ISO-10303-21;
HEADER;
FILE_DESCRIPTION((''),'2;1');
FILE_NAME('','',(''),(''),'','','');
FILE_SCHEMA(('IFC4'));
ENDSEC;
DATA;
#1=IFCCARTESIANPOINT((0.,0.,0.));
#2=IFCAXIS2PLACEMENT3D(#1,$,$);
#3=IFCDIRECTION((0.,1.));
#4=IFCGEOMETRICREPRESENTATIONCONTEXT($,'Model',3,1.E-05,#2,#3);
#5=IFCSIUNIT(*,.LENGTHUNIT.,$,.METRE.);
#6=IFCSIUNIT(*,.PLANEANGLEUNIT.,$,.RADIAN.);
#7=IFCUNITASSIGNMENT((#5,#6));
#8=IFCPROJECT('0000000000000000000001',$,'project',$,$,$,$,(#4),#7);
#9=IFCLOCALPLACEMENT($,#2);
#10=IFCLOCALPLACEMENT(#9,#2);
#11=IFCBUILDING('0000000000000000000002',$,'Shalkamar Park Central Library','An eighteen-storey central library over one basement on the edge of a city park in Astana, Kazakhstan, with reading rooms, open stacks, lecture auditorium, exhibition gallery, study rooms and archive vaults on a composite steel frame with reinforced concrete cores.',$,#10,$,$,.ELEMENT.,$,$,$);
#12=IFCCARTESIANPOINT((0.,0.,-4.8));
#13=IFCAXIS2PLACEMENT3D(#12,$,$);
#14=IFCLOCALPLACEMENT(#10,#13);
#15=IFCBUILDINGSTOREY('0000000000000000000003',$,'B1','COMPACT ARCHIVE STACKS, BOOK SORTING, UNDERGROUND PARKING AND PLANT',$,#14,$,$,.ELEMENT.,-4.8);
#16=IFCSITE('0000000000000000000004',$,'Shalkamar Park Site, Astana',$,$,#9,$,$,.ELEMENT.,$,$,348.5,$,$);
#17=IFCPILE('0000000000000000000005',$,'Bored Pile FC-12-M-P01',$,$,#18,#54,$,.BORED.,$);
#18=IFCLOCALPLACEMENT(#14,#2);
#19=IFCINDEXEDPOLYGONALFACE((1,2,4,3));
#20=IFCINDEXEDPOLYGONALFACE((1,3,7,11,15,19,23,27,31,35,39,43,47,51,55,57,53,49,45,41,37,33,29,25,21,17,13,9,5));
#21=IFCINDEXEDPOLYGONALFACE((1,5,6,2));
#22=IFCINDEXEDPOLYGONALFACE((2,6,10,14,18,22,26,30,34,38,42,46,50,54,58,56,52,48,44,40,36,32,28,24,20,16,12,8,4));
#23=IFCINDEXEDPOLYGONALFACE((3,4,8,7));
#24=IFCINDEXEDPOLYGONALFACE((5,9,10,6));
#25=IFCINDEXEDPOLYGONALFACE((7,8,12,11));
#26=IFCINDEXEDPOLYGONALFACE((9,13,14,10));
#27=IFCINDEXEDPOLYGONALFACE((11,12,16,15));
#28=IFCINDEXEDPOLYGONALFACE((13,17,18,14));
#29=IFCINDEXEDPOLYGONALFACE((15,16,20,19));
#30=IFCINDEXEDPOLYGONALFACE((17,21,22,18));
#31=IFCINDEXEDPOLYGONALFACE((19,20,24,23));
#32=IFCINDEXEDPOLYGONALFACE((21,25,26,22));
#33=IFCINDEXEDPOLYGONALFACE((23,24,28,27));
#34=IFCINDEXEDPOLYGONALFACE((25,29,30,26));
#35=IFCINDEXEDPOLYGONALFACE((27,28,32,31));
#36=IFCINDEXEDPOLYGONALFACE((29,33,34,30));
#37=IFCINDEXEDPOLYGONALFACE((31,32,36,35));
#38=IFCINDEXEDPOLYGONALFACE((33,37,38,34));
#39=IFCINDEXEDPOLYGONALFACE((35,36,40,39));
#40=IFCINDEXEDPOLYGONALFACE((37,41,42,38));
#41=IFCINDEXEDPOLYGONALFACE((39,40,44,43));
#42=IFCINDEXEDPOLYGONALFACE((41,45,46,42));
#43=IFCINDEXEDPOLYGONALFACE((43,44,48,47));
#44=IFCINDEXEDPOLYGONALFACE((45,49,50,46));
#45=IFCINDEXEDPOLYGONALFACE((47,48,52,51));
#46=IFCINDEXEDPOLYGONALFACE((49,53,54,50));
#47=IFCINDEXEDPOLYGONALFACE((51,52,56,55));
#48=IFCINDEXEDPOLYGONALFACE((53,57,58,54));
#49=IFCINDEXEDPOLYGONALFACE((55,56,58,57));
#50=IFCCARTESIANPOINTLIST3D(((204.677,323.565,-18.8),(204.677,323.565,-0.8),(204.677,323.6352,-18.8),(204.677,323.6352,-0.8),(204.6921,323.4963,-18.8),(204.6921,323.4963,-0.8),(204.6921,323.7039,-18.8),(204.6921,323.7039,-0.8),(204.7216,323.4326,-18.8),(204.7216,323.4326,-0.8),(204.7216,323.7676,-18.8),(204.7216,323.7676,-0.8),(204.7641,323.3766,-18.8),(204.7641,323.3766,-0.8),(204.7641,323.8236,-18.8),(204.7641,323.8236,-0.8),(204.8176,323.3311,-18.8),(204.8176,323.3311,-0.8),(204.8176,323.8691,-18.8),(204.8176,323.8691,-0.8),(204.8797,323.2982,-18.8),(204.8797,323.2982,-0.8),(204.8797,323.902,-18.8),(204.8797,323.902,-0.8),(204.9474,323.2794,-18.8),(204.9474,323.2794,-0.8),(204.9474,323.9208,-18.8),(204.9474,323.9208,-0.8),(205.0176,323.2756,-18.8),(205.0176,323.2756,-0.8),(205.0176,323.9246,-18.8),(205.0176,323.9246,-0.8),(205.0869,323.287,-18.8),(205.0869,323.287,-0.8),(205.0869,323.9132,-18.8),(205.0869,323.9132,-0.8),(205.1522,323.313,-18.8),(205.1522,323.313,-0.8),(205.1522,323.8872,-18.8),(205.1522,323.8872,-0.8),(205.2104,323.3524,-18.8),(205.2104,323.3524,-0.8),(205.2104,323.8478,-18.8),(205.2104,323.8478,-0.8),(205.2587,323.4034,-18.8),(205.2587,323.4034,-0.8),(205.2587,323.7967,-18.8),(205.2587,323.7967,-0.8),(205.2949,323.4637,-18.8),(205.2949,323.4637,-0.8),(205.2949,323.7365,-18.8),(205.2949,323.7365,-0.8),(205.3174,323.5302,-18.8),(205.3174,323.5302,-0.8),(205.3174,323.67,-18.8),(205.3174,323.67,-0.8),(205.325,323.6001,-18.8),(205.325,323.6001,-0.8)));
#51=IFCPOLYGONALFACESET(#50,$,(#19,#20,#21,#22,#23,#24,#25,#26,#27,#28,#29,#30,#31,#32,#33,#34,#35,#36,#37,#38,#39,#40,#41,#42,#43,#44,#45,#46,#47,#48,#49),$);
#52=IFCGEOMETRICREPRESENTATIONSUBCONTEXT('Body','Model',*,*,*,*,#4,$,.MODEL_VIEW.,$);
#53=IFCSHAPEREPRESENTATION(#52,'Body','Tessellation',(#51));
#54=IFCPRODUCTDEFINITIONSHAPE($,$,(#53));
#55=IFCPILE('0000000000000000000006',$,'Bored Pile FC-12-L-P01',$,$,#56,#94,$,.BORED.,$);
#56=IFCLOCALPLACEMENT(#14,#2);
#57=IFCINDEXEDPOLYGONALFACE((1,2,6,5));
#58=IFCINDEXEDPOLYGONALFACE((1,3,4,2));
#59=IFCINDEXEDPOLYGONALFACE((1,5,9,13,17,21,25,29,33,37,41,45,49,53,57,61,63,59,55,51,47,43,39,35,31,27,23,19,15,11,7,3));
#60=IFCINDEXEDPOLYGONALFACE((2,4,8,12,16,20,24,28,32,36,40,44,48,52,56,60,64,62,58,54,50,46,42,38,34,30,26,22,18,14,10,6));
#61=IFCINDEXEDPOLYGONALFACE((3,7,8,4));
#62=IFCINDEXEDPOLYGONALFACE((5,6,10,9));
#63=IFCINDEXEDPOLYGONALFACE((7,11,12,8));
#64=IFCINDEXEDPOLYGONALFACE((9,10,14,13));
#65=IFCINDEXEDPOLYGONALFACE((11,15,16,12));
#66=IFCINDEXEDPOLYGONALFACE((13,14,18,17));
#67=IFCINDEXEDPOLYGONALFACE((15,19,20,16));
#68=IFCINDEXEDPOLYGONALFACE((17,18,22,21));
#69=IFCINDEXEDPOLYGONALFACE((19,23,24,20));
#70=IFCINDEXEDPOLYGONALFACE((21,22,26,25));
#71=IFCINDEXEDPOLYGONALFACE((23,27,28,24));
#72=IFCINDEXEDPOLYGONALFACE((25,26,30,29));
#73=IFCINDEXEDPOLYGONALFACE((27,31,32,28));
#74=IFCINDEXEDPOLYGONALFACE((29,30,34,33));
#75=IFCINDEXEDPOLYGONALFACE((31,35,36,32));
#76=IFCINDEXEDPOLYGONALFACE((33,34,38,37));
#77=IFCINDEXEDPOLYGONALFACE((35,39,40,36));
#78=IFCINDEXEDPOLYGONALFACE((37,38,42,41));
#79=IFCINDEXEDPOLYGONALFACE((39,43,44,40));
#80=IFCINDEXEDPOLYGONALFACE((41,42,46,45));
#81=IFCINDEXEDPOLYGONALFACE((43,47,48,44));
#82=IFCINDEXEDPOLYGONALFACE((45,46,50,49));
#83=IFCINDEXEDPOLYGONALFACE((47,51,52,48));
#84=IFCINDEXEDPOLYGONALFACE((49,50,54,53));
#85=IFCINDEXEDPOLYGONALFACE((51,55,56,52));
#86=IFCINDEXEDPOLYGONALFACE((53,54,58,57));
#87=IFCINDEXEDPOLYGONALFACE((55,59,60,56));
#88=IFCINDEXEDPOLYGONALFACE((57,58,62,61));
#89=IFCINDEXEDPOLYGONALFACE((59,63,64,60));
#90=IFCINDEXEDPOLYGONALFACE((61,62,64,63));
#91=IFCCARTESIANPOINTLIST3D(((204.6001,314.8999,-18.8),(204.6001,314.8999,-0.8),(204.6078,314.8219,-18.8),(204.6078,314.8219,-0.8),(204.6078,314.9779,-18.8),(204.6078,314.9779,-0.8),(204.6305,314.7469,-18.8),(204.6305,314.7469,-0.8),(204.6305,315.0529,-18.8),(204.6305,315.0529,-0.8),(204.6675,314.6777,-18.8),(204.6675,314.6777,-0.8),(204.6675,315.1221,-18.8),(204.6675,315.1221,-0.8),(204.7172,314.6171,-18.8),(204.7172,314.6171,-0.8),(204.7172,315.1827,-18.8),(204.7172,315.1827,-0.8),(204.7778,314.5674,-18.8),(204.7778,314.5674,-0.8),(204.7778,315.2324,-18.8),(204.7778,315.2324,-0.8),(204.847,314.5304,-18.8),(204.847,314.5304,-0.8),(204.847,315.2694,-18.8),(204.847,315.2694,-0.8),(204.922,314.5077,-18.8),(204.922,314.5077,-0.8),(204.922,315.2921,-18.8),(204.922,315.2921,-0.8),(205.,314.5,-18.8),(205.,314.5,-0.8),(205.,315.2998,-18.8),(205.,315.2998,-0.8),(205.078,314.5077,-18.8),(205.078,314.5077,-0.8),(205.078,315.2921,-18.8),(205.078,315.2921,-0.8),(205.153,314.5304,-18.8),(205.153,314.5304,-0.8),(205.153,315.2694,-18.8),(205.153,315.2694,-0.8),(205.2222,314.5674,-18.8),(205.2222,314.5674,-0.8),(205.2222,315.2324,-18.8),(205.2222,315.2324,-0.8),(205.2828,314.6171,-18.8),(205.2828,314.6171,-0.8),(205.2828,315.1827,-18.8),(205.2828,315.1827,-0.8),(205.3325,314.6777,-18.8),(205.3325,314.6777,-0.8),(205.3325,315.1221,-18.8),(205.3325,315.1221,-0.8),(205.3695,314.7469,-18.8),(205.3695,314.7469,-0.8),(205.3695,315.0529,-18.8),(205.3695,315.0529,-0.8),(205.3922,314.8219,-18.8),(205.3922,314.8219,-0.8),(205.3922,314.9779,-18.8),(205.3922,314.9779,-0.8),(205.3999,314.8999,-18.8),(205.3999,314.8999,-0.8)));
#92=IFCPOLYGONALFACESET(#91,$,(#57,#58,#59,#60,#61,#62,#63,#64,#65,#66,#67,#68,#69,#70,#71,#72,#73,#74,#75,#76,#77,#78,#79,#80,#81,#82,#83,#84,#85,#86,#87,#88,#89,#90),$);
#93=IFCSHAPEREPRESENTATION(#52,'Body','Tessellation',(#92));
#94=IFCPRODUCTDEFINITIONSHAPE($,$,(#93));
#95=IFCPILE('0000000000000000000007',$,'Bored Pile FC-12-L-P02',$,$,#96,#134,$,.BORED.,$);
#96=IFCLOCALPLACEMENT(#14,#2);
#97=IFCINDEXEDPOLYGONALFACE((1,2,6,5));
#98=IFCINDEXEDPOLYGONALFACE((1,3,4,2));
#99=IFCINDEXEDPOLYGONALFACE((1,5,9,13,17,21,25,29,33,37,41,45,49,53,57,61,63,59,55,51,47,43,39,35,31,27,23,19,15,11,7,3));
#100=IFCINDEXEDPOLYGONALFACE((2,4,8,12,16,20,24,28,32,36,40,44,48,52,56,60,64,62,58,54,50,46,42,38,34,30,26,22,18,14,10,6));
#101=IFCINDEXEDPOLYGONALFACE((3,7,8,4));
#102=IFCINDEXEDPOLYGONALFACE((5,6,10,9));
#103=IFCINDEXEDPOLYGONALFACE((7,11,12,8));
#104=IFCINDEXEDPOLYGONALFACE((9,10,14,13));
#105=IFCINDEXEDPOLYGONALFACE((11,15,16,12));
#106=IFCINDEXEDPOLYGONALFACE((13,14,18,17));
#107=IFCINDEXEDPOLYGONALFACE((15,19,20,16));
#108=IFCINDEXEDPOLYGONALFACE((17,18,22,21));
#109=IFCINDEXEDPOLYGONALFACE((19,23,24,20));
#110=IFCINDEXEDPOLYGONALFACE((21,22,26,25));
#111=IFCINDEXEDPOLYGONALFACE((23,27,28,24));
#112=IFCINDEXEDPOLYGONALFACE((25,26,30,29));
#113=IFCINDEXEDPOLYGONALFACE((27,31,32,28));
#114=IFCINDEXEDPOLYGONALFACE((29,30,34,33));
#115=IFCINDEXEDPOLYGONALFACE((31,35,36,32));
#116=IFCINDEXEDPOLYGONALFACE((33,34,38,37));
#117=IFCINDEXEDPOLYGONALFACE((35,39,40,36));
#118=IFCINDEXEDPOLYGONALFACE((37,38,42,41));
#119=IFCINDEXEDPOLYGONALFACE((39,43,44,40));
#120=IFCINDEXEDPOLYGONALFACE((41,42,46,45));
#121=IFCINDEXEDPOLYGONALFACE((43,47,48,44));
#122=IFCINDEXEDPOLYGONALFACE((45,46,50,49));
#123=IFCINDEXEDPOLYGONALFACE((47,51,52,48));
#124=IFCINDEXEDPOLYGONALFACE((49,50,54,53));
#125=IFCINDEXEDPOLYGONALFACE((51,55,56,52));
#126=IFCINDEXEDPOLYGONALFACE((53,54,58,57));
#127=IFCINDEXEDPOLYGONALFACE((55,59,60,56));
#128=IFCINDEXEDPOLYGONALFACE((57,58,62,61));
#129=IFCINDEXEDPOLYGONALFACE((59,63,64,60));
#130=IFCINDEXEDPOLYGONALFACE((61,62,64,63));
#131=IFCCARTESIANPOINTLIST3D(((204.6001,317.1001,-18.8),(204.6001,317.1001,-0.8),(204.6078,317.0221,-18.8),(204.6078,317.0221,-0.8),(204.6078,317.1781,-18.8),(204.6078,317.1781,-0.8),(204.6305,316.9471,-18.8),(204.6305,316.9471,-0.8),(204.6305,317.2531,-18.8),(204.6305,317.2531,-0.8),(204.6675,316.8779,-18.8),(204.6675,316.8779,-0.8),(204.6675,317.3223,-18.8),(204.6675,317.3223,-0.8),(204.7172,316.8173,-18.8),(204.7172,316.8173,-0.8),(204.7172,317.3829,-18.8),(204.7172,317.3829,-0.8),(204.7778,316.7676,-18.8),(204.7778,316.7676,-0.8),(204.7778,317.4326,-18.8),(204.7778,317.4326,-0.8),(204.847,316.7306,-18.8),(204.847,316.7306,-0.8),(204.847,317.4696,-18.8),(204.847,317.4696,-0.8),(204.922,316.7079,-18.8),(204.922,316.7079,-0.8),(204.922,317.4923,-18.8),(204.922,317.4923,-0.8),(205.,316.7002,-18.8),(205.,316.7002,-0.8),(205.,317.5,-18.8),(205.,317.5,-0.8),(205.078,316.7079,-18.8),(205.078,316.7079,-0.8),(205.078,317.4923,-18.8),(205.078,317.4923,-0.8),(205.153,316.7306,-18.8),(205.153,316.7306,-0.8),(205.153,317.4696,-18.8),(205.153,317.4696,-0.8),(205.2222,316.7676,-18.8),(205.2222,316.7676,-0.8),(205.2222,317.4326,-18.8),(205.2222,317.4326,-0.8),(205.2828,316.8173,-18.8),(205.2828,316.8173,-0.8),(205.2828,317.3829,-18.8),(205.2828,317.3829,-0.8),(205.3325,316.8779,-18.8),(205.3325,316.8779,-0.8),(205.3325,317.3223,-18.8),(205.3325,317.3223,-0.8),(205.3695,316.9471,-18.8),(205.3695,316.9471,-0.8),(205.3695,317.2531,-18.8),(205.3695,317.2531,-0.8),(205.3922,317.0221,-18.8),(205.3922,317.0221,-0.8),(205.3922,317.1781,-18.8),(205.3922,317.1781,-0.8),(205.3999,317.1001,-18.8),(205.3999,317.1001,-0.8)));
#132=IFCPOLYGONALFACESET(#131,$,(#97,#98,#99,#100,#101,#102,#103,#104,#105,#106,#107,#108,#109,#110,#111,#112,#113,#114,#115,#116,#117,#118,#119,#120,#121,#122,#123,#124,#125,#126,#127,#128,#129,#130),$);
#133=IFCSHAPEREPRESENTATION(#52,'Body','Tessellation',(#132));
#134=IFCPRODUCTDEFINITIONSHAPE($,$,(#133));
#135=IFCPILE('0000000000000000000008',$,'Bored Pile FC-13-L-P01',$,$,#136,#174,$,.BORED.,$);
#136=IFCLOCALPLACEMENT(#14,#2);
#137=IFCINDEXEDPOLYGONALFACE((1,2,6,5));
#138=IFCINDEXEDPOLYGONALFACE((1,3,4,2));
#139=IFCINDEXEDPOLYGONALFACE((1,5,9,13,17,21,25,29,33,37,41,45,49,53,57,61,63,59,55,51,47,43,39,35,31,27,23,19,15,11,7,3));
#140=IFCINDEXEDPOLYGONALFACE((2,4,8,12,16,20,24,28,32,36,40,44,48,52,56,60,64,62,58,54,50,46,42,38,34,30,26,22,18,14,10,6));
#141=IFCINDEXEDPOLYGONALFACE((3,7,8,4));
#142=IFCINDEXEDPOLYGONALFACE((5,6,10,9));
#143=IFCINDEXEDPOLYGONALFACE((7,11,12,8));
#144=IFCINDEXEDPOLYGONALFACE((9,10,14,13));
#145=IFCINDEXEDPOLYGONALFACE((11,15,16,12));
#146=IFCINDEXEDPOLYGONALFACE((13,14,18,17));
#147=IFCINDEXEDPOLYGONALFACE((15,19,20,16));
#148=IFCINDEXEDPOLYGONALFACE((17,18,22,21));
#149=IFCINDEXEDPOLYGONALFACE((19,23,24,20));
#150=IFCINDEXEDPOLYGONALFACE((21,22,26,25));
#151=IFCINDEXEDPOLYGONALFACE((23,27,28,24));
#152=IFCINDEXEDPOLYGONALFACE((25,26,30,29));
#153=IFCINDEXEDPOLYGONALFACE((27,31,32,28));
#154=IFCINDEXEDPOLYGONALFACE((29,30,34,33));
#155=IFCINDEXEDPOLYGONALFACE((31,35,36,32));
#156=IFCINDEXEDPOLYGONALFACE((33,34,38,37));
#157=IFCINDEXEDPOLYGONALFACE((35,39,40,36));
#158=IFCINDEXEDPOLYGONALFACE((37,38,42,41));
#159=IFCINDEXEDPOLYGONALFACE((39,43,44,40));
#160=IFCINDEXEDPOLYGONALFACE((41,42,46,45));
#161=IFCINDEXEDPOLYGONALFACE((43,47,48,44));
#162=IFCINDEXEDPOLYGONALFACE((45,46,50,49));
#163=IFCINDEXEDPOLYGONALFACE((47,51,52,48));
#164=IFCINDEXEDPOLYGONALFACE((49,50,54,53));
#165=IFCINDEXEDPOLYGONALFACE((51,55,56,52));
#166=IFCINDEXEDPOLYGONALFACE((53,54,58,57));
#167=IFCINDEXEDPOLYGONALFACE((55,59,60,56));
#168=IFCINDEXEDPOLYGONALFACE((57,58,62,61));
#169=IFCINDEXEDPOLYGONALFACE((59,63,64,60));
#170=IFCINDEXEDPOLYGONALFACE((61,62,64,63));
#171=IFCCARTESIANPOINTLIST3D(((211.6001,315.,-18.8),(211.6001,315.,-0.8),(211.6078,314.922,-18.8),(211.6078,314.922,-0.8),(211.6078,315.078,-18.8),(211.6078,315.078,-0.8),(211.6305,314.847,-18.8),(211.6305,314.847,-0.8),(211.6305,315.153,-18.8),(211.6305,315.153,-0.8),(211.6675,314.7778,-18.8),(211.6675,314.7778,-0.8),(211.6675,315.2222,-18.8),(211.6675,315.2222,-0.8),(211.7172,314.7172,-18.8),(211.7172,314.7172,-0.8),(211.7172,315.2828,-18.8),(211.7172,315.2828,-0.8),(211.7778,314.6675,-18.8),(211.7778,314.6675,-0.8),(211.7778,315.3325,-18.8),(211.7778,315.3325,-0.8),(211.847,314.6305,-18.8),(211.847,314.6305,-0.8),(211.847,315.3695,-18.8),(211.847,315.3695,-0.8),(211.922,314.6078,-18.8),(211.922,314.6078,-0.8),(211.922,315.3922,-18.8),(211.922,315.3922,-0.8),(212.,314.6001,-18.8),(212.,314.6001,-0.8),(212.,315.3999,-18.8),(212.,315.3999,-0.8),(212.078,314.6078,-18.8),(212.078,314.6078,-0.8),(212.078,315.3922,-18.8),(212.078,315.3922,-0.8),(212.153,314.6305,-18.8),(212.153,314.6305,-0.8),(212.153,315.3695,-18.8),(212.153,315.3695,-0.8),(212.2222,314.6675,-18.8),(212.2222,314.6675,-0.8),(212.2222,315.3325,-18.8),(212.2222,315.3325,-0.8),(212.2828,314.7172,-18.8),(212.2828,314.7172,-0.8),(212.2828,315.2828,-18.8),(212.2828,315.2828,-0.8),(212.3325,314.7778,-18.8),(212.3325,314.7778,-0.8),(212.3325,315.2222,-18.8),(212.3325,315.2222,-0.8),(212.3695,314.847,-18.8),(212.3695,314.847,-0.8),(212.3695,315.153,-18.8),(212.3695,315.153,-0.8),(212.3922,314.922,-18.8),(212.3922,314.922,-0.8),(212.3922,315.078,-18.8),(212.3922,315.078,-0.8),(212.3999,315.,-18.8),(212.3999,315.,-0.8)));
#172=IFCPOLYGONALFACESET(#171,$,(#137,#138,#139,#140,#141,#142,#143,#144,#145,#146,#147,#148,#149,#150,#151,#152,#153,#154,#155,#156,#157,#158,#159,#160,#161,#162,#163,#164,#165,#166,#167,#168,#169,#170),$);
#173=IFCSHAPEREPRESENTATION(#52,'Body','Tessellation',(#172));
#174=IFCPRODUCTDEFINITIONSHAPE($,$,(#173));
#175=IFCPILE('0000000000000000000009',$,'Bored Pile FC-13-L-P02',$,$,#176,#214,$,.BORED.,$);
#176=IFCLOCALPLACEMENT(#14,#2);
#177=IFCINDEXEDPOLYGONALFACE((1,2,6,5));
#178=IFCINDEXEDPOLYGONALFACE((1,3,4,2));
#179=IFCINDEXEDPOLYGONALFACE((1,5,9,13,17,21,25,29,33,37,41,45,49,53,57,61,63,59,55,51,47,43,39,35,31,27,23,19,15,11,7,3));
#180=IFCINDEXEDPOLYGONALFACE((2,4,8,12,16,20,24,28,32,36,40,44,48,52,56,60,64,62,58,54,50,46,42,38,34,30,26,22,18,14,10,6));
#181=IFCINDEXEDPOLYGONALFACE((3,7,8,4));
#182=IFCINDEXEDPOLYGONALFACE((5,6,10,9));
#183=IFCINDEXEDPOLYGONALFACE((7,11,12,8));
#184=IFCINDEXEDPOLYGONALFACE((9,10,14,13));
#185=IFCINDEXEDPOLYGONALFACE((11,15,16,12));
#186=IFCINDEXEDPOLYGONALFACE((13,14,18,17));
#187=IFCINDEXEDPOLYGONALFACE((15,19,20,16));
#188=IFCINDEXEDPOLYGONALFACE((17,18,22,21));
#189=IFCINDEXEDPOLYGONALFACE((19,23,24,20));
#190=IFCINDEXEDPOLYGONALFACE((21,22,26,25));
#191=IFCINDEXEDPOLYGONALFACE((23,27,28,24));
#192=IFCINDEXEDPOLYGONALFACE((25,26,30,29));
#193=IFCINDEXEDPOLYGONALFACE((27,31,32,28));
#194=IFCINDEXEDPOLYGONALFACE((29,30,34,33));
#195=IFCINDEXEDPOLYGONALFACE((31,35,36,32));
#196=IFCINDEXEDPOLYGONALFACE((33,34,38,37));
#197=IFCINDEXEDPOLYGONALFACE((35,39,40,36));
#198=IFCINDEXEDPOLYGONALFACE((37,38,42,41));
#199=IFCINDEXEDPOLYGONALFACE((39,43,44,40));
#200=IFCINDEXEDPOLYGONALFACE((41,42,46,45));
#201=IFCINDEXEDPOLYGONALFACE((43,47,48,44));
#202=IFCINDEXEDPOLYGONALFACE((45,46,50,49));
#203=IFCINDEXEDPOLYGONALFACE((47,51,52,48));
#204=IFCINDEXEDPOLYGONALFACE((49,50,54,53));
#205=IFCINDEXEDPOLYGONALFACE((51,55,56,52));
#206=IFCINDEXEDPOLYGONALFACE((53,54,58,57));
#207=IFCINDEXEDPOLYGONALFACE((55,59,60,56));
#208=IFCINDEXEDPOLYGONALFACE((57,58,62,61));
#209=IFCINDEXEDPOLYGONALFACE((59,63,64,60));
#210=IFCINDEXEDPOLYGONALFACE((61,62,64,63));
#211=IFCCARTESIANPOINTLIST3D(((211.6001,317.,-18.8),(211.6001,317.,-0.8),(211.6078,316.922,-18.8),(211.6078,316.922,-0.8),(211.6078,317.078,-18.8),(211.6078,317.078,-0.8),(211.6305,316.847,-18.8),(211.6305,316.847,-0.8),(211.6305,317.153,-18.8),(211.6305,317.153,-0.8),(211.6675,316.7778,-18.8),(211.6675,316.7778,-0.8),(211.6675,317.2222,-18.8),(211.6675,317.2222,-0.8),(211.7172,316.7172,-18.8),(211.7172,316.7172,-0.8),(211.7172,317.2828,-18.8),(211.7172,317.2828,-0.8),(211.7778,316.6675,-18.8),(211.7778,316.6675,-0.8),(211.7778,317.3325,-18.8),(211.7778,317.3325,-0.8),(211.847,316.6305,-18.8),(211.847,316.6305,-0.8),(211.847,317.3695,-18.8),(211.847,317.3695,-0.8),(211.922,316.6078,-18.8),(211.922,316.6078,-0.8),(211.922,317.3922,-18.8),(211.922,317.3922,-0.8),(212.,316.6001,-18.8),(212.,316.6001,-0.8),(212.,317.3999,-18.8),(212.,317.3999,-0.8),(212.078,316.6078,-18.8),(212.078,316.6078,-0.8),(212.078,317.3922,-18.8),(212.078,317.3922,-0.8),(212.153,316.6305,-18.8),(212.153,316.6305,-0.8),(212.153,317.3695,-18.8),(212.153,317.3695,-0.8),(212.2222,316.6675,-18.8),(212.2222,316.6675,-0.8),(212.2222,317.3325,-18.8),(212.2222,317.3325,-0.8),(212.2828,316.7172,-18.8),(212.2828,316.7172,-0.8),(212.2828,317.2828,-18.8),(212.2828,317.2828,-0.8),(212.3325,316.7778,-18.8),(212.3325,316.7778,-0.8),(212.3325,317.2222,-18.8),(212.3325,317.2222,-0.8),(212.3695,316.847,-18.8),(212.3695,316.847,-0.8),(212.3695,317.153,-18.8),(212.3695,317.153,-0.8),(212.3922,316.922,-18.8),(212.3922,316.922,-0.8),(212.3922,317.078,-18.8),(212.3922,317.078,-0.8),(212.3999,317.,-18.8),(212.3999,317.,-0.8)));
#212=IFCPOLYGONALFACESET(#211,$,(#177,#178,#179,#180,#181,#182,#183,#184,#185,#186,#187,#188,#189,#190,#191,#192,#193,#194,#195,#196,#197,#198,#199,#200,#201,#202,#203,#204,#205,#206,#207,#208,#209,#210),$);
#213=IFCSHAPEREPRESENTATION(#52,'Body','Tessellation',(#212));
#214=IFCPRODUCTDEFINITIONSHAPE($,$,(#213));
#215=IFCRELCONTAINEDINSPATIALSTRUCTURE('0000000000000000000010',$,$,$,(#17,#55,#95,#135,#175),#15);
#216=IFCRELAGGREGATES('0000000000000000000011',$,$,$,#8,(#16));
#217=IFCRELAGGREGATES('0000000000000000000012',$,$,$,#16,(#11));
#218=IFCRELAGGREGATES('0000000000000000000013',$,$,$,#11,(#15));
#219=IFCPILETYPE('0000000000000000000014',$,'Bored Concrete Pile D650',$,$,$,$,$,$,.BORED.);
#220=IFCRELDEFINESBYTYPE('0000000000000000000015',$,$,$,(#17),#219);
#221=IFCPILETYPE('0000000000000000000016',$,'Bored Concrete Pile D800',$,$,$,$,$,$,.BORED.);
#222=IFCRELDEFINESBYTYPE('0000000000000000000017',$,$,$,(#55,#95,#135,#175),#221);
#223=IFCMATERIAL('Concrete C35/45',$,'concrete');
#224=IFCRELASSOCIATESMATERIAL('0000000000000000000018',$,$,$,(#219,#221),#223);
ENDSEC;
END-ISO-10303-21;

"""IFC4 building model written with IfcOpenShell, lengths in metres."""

from ifc_helpers import new_model, si_unit, direction, frame, origin, origin_2d, place, context, subcontext, project, spatial, circle, extrude, material, material_profile, profile_set, type_object, element, save


model = new_model("IFC4")

# Units and contexts
model_context = context("Model", 3, precision=1e-05, world=origin(), true_north=direction((0.0, 1.0)))
body_context = subcontext(model_context, "Body", "Model", "MODEL_VIEW")
ifc_project = project(units=[si_unit("LENGTHUNIT", "METRE"), si_unit("PLANEANGLEUNIT", "RADIAN")], contexts=[model_context])

# Site, building, storey
site_placement = place(None, origin())
site = spatial("IfcSite", under=ifc_project, at=site_placement, Name="Shalkamar Park Site, Astana", CompositionType="ELEMENT", RefElevation=348.5)
building_placement = place(site_placement, origin())
building = spatial("IfcBuilding", under=site, at=building_placement, Name="Shalkamar Park Central Library", Description="An eighteen-storey central library over one basement on the edge of a city park in Astana, Kazakhstan, with reading rooms, open stacks, lecture auditorium, exhibition gallery, study rooms and archive vaults on a composite steel frame with reinforced concrete cores.", CompositionType="ELEMENT")
storey_placement = place(building_placement, frame((0.0, 0.0, -4.8)))
storey = spatial("IfcBuildingStorey", under=building, at=storey_placement, Name="B1", Description="COMPACT ARCHIVE STACKS, BOOK SORTING, UNDERGROUND PARKING AND PLANT", CompositionType="ELEMENT", Elevation=-4.8)

# Piles
ifc_material_1 = material(Name="Concrete C35/45", Category="concrete")
ifc_material_profile_1 = material_profile(ifc_material_1, circle(Radius=0.325, at=origin_2d()), Name="PILE D650")
ifc_profile_set_1 = profile_set([ifc_material_profile_1], Name="Concrete C35/45")
pile_type_1 = type_object("IfcPileType", Name="Bored Concrete Pile D650", PredefinedType="BORED", material=ifc_profile_set_1)
pile_placement = place(storey_placement, frame((205.0, 323.6001, -0.8), z_axis=(0.0, 0.0, -1.0), x_axis=(1.0, 0.0, 0.0)))
element("IfcPile", 1, at=pile_placement, inside=storey, type_object=pile_type_1, Name="Bored Pile FC-12-M-P01", PredefinedType="BORED", context=body_context, shape_type="SweptSolid", body=[
    extrude(circle(Radius=0.325, at=origin_2d()), origin(), (0.0, 0.0, 1.0), 18.0),
])
ifc_material_profile_2 = material_profile(ifc_material_1, circle(Radius=0.3999, at=origin_2d()), Name="PILE D800")
ifc_profile_set_2 = profile_set([ifc_material_profile_2], Name="Concrete C35/45")
pile_type_2 = type_object("IfcPileType", Name="Bored Concrete Pile D800", PredefinedType="BORED", material=ifc_profile_set_2)
for number, where, z_axis, x_axis, name in (
    (2, (205.0, 314.8999, -0.8), (0.0, 0.0, -1.0), (1.0, 0.0, 0.0), "Bored Pile FC-12-L-P01"),
    (3, (205.0, 317.1001, -0.8), (0.0, 0.0, -1.0), (1.0, 0.0, 0.0), "Bored Pile FC-12-L-P02"),
    (4, (212.0, 315.0, -0.8), (0.0, 0.0, -1.0), (1.0, 0.0, 0.0), "Bored Pile FC-13-L-P01"),
    (5, (212.0, 317.0, -0.8), (0.0, 0.0, -1.0), (1.0, 0.0, 0.0), "Bored Pile FC-13-L-P02"),
):
    element("IfcPile", number, at=place(storey_placement, frame(where, z_axis=z_axis, x_axis=x_axis)), inside=storey, type_object=pile_type_2, Name=name, PredefinedType="BORED", context=body_context, shape_type="SweptSolid", body=[
        extrude(circle(Radius=0.3999, at=origin_2d()), origin(), (0.0, 0.0, 1.0), 18.0),
    ])

save(model, "model.ifc")
